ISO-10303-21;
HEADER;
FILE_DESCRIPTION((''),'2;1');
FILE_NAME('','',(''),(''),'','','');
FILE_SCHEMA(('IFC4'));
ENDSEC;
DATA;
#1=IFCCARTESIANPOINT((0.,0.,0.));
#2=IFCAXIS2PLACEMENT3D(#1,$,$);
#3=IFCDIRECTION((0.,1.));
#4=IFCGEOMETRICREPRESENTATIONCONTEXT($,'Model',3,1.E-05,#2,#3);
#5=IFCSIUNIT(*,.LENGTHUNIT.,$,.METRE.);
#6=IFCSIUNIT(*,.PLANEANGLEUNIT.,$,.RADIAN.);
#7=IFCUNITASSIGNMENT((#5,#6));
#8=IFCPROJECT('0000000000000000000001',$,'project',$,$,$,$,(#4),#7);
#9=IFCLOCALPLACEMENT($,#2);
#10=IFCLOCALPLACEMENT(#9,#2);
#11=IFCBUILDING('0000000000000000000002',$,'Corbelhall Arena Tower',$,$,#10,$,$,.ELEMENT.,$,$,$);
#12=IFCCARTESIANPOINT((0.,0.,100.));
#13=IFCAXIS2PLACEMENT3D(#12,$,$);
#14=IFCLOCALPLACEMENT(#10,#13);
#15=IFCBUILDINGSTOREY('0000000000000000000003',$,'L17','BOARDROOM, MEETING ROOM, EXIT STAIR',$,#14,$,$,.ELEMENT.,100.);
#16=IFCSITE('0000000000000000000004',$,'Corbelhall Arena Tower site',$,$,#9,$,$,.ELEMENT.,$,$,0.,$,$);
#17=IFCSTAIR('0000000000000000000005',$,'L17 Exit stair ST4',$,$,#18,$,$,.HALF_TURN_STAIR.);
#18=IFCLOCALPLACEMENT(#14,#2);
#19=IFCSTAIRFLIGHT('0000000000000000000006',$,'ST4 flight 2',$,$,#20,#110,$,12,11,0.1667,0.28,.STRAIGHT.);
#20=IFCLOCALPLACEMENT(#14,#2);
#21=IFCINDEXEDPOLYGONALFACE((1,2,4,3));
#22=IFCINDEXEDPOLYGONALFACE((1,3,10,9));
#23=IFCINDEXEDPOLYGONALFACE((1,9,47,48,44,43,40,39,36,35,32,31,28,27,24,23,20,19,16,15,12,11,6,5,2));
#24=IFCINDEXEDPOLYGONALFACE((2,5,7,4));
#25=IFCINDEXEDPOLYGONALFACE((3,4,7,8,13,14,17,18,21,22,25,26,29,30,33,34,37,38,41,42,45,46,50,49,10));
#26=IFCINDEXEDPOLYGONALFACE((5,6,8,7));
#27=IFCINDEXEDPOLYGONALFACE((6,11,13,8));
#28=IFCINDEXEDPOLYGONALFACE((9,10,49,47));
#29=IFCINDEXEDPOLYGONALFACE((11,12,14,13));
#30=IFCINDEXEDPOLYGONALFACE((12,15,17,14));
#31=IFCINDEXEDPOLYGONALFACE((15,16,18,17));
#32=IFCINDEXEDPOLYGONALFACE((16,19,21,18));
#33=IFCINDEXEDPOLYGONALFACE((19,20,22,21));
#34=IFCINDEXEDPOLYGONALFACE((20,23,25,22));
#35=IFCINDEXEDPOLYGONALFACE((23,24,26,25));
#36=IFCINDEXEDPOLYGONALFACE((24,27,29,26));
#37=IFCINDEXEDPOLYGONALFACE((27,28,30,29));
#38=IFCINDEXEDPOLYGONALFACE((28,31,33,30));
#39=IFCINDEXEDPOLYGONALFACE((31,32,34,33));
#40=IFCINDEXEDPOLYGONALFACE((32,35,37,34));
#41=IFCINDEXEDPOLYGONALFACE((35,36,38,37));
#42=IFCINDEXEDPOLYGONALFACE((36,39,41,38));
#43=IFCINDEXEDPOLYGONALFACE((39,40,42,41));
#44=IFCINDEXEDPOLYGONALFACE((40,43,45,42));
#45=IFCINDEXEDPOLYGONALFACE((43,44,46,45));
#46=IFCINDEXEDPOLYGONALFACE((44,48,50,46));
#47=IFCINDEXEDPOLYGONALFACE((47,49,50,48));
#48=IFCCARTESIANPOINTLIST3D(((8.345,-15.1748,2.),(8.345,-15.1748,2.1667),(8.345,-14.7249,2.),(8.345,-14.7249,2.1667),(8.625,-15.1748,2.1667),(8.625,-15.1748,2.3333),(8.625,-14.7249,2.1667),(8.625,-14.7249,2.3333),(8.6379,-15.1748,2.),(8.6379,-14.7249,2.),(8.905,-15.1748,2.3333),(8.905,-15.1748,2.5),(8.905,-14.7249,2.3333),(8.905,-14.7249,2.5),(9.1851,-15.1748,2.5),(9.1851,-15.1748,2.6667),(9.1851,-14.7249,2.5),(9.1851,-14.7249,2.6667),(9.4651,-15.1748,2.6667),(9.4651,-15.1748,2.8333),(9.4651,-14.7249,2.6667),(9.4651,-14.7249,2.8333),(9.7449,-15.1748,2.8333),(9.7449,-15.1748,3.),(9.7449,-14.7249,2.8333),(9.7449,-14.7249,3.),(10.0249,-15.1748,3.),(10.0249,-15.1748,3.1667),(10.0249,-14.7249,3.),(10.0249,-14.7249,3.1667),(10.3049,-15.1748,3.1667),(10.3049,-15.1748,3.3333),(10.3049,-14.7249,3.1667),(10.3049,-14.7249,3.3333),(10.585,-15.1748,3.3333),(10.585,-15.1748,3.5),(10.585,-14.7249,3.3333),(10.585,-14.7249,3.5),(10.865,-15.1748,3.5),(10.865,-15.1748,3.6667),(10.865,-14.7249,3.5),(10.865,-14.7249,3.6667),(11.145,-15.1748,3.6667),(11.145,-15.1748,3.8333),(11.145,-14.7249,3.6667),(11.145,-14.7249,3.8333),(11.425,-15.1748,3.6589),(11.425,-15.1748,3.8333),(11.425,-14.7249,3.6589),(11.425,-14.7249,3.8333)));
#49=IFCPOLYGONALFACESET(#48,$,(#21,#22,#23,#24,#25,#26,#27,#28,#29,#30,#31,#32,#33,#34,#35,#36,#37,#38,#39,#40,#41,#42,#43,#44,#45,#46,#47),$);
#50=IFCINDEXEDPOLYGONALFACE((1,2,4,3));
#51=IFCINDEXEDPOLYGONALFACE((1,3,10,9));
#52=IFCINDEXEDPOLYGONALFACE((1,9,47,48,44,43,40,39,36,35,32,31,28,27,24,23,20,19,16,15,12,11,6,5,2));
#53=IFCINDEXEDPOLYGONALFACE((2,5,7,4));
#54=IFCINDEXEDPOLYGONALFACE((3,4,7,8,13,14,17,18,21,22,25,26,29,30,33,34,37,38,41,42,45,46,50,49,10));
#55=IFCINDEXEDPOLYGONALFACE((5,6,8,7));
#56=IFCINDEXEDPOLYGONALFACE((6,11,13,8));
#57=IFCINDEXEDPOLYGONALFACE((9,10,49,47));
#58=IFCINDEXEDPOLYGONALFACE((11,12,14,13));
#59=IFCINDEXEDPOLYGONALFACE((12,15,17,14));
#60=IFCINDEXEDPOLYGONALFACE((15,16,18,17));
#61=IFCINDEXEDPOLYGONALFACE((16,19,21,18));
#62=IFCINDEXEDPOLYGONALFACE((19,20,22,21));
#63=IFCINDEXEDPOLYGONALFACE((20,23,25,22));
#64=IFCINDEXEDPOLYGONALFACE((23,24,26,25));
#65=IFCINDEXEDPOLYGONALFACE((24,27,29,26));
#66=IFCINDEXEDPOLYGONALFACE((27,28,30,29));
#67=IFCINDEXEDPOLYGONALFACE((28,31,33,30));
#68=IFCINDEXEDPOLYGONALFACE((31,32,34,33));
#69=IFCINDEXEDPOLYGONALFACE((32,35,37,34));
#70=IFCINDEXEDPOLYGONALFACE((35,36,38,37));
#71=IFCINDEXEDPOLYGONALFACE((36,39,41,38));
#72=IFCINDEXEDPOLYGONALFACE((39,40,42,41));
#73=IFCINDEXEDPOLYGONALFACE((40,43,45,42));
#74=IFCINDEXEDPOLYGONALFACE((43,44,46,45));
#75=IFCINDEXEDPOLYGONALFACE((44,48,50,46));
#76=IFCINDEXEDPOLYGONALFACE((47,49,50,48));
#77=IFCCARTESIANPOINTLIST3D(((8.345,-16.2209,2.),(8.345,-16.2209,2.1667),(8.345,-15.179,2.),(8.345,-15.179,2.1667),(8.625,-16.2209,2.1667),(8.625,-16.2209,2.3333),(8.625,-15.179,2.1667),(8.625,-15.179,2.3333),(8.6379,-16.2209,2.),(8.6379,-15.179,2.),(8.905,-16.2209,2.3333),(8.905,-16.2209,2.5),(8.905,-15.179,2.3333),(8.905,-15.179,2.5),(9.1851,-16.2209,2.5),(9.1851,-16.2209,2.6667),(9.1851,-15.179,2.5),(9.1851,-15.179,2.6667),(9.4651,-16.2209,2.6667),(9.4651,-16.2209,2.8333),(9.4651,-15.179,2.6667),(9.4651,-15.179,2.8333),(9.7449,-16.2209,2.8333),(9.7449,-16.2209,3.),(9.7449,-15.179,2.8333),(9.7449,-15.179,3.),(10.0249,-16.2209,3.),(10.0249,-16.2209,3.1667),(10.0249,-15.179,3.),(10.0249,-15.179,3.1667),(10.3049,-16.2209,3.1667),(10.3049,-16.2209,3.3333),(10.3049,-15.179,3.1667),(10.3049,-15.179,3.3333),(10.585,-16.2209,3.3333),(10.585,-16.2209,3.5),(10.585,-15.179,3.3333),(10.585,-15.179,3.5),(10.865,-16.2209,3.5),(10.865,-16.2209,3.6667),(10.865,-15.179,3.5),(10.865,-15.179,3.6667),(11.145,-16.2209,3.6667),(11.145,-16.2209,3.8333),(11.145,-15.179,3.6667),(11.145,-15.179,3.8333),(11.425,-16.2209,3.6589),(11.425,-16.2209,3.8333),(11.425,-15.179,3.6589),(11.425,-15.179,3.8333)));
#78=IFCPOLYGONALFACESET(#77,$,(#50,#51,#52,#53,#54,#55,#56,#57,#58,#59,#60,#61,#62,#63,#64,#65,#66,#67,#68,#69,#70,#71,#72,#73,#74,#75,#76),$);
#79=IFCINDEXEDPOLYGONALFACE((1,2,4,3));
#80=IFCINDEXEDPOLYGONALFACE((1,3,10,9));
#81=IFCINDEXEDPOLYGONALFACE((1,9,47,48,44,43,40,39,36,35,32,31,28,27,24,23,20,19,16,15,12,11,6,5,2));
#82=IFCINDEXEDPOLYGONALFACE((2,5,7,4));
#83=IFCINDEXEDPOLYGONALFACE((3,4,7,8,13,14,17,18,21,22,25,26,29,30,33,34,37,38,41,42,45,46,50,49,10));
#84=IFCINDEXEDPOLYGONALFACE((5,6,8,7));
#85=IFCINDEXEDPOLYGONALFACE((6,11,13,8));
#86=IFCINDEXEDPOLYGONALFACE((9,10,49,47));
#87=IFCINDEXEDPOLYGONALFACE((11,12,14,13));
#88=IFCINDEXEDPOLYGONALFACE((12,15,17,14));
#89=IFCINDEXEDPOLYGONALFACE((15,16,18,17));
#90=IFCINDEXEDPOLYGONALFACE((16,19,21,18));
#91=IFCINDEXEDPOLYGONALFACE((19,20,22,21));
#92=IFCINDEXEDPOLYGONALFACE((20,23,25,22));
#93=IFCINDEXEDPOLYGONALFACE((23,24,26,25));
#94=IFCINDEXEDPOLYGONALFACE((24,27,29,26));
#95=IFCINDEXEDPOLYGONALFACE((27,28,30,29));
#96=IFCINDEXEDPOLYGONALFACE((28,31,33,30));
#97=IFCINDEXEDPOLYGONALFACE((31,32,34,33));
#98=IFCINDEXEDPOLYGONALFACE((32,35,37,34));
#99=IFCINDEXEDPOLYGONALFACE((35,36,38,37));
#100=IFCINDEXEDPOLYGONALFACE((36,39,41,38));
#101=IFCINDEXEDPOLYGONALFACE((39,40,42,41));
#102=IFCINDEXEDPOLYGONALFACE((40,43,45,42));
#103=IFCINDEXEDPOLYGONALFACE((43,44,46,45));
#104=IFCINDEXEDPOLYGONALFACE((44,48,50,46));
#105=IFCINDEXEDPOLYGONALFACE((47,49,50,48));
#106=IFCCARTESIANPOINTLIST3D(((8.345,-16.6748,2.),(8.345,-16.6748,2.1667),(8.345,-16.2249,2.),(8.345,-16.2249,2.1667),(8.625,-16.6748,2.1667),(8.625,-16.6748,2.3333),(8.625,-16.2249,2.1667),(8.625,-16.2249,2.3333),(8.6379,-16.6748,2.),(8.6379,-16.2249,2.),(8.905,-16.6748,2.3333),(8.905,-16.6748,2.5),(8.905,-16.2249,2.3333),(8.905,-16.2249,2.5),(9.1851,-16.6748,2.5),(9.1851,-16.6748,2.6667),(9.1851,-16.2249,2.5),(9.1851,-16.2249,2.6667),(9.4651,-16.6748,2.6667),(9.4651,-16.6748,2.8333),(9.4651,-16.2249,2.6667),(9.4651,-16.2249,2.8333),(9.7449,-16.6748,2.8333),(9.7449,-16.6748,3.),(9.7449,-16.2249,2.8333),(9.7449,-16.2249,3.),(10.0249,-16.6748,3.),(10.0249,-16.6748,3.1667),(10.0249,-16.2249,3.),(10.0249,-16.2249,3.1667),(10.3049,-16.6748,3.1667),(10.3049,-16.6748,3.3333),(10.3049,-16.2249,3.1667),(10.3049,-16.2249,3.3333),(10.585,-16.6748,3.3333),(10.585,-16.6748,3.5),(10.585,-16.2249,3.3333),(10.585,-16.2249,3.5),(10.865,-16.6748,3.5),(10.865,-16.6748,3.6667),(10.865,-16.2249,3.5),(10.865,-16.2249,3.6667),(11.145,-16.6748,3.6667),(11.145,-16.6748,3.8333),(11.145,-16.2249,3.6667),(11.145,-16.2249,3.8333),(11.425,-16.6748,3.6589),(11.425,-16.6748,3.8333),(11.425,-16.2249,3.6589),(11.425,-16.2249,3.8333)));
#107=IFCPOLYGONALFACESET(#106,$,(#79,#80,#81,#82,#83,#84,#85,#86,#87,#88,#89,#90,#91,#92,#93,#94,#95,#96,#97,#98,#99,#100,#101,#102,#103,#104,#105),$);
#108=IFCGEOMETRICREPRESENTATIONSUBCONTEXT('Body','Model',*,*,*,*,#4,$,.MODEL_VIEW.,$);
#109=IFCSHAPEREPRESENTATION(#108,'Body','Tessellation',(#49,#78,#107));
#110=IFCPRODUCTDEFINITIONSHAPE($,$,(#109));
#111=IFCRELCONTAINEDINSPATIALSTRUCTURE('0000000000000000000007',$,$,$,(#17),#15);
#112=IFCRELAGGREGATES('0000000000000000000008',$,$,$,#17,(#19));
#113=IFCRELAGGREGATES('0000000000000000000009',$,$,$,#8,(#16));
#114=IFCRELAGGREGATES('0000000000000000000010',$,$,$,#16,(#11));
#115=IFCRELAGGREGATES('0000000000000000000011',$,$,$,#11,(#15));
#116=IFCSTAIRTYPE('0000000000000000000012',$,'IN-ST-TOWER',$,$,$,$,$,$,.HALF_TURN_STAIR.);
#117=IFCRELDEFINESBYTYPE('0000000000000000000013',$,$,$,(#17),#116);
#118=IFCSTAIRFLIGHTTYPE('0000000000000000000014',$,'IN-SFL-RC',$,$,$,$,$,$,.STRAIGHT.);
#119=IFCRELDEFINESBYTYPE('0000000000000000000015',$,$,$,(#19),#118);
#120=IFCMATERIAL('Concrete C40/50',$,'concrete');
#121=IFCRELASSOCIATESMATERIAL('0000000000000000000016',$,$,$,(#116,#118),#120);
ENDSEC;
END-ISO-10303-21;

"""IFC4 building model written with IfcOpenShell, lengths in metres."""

from ifc_helpers import new_model, si_unit, direction, frame, origin, place, context, subcontext, project, spatial, polyline, outline, extrude, material, type_object, element, aggregate, save


model = new_model("IFC4")

# Units and contexts
model_context = context("Model", 3, precision=1e-05, world=origin(), true_north=direction((0.0, 1.0)))
body_context = subcontext(model_context, "Body", "Model", "MODEL_VIEW")
ifc_project = project(units=[si_unit("LENGTHUNIT", "METRE"), si_unit("PLANEANGLEUNIT", "RADIAN")], contexts=[model_context])

# Site, building, storey
site_placement = place(None, origin())
site = spatial("IfcSite", under=ifc_project, at=site_placement, Name="Corbelhall Arena Tower site", CompositionType="ELEMENT", RefElevation=0.0)
building_placement = place(site_placement, origin())
building = spatial("IfcBuilding", under=site, at=building_placement, Name="Corbelhall Arena Tower", CompositionType="ELEMENT")
storey_placement = place(building_placement, frame((0.0, 0.0, 100.0)))
storey = spatial("IfcBuildingStorey", under=building, at=storey_placement, Name="L17", Description="BOARDROOM, MEETING ROOM, EXIT STAIR", CompositionType="ELEMENT", Elevation=100.0)

# Shared definitions
ifc_material_1 = material(Name="Concrete C40/50", Category="concrete")

# Stair, stair flight
stair_type = type_object("IfcStairType", Name="IN-ST-TOWER", PredefinedType="HALF_TURN_STAIR", material=ifc_material_1)
stair_placement = place(storey_placement, origin())
stair = element("IfcStair", 1, at=stair_placement, inside=storey, type_object=stair_type, Name="L17 Exit stair ST4", PredefinedType="HALF_TURN_STAIR")
stair_flight_type = type_object("IfcStairFlightType", Name="IN-SFL-RC", PredefinedType="STRAIGHT", material=ifc_material_1)
stair_flight_placement = place(storey_placement, frame((8.345, -15.7, 2.0), z_axis=(0.0, 0.0, 1.0), x_axis=(1.0, 0.0, 0.0)))
stair_flight = element("IfcStairFlight", 2, at=stair_flight_placement, type_object=stair_flight_type, Name="ST4 flight 2", NumberOfRisers=12, NumberOfTreads=11, PredefinedType="STRAIGHT", RiserHeight=0.1667, TreadLength=0.28, context=body_context, shape_type="SweptSolid", body=[
    extrude(outline(polyline([(0.0, 0.0), (0.0, 0.1667), (0.28, 0.1667), (0.28, 0.3333), (0.5601, 0.3333), (0.5601, 0.5), (0.8401, 0.5), (0.8401, 0.6667), (1.1201, 0.6667), (1.1201, 0.8333), (1.3999, 0.8333), (1.3999, 1.0), (1.6799, 1.0), (1.6799, 1.1667), (1.96, 1.1667), (1.96, 1.3333), (2.24, 1.3333), (2.24, 1.5), (2.52, 1.5), (2.52, 1.6667), (2.8, 1.6667), (2.8, 1.8333), (3.0801, 1.8333), (3.0801, 2.0), (3.0801, 1.6589), (0.293, 0.0), (0.0, 0.0)])), frame((0.0, 0.9751, 0.0), z_axis=(0.0, -1.0, 0.0), x_axis=(1.0, 0.0, 0.0)), (0.0, 0.0, 1.0), 0.45),
    extrude(outline(polyline([(0.0, 0.0), (0.0, 0.1667), (0.28, 0.1667), (0.28, 0.3333), (0.5601, 0.3333), (0.5601, 0.5), (0.8401, 0.5), (0.8401, 0.6667), (1.1201, 0.6667), (1.1201, 0.8333), (1.3999, 0.8333), (1.3999, 1.0), (1.6799, 1.0), (1.6799, 1.1667), (1.96, 1.1667), (1.96, 1.3333), (2.24, 1.3333), (2.24, 1.5), (2.52, 1.5), (2.52, 1.6667), (2.8, 1.6667), (2.8, 1.8333), (3.0801, 1.8333), (3.0801, 2.0), (3.0801, 1.6589), (0.293, 0.0), (0.0, 0.0)])), frame((0.0, 0.521, 0.0), z_axis=(0.0, -1.0, 0.0), x_axis=(1.0, 0.0, 0.0)), (0.0, 0.0, 1.0), 1.042),
    extrude(outline(polyline([(0.0, 0.0), (0.0, 0.1667), (0.28, 0.1667), (0.28, 0.3333), (0.5601, 0.3333), (0.5601, 0.5), (0.8401, 0.5), (0.8401, 0.6667), (1.1201, 0.6667), (1.1201, 0.8333), (1.3999, 0.8333), (1.3999, 1.0), (1.6799, 1.0), (1.6799, 1.1667), (1.96, 1.1667), (1.96, 1.3333), (2.24, 1.3333), (2.24, 1.5), (2.52, 1.5), (2.52, 1.6667), (2.8, 1.6667), (2.8, 1.8333), (3.0801, 1.8333), (3.0801, 2.0), (3.0801, 1.6589), (0.293, 0.0), (0.0, 0.0)])), frame((0.0, -0.5249, 0.0), z_axis=(0.0, -1.0, 0.0), x_axis=(1.0, 0.0, 0.0)), (0.0, 0.0, 1.0), 0.45),
])
aggregate(stair, [stair_flight])

save(model, "model.ifc")
